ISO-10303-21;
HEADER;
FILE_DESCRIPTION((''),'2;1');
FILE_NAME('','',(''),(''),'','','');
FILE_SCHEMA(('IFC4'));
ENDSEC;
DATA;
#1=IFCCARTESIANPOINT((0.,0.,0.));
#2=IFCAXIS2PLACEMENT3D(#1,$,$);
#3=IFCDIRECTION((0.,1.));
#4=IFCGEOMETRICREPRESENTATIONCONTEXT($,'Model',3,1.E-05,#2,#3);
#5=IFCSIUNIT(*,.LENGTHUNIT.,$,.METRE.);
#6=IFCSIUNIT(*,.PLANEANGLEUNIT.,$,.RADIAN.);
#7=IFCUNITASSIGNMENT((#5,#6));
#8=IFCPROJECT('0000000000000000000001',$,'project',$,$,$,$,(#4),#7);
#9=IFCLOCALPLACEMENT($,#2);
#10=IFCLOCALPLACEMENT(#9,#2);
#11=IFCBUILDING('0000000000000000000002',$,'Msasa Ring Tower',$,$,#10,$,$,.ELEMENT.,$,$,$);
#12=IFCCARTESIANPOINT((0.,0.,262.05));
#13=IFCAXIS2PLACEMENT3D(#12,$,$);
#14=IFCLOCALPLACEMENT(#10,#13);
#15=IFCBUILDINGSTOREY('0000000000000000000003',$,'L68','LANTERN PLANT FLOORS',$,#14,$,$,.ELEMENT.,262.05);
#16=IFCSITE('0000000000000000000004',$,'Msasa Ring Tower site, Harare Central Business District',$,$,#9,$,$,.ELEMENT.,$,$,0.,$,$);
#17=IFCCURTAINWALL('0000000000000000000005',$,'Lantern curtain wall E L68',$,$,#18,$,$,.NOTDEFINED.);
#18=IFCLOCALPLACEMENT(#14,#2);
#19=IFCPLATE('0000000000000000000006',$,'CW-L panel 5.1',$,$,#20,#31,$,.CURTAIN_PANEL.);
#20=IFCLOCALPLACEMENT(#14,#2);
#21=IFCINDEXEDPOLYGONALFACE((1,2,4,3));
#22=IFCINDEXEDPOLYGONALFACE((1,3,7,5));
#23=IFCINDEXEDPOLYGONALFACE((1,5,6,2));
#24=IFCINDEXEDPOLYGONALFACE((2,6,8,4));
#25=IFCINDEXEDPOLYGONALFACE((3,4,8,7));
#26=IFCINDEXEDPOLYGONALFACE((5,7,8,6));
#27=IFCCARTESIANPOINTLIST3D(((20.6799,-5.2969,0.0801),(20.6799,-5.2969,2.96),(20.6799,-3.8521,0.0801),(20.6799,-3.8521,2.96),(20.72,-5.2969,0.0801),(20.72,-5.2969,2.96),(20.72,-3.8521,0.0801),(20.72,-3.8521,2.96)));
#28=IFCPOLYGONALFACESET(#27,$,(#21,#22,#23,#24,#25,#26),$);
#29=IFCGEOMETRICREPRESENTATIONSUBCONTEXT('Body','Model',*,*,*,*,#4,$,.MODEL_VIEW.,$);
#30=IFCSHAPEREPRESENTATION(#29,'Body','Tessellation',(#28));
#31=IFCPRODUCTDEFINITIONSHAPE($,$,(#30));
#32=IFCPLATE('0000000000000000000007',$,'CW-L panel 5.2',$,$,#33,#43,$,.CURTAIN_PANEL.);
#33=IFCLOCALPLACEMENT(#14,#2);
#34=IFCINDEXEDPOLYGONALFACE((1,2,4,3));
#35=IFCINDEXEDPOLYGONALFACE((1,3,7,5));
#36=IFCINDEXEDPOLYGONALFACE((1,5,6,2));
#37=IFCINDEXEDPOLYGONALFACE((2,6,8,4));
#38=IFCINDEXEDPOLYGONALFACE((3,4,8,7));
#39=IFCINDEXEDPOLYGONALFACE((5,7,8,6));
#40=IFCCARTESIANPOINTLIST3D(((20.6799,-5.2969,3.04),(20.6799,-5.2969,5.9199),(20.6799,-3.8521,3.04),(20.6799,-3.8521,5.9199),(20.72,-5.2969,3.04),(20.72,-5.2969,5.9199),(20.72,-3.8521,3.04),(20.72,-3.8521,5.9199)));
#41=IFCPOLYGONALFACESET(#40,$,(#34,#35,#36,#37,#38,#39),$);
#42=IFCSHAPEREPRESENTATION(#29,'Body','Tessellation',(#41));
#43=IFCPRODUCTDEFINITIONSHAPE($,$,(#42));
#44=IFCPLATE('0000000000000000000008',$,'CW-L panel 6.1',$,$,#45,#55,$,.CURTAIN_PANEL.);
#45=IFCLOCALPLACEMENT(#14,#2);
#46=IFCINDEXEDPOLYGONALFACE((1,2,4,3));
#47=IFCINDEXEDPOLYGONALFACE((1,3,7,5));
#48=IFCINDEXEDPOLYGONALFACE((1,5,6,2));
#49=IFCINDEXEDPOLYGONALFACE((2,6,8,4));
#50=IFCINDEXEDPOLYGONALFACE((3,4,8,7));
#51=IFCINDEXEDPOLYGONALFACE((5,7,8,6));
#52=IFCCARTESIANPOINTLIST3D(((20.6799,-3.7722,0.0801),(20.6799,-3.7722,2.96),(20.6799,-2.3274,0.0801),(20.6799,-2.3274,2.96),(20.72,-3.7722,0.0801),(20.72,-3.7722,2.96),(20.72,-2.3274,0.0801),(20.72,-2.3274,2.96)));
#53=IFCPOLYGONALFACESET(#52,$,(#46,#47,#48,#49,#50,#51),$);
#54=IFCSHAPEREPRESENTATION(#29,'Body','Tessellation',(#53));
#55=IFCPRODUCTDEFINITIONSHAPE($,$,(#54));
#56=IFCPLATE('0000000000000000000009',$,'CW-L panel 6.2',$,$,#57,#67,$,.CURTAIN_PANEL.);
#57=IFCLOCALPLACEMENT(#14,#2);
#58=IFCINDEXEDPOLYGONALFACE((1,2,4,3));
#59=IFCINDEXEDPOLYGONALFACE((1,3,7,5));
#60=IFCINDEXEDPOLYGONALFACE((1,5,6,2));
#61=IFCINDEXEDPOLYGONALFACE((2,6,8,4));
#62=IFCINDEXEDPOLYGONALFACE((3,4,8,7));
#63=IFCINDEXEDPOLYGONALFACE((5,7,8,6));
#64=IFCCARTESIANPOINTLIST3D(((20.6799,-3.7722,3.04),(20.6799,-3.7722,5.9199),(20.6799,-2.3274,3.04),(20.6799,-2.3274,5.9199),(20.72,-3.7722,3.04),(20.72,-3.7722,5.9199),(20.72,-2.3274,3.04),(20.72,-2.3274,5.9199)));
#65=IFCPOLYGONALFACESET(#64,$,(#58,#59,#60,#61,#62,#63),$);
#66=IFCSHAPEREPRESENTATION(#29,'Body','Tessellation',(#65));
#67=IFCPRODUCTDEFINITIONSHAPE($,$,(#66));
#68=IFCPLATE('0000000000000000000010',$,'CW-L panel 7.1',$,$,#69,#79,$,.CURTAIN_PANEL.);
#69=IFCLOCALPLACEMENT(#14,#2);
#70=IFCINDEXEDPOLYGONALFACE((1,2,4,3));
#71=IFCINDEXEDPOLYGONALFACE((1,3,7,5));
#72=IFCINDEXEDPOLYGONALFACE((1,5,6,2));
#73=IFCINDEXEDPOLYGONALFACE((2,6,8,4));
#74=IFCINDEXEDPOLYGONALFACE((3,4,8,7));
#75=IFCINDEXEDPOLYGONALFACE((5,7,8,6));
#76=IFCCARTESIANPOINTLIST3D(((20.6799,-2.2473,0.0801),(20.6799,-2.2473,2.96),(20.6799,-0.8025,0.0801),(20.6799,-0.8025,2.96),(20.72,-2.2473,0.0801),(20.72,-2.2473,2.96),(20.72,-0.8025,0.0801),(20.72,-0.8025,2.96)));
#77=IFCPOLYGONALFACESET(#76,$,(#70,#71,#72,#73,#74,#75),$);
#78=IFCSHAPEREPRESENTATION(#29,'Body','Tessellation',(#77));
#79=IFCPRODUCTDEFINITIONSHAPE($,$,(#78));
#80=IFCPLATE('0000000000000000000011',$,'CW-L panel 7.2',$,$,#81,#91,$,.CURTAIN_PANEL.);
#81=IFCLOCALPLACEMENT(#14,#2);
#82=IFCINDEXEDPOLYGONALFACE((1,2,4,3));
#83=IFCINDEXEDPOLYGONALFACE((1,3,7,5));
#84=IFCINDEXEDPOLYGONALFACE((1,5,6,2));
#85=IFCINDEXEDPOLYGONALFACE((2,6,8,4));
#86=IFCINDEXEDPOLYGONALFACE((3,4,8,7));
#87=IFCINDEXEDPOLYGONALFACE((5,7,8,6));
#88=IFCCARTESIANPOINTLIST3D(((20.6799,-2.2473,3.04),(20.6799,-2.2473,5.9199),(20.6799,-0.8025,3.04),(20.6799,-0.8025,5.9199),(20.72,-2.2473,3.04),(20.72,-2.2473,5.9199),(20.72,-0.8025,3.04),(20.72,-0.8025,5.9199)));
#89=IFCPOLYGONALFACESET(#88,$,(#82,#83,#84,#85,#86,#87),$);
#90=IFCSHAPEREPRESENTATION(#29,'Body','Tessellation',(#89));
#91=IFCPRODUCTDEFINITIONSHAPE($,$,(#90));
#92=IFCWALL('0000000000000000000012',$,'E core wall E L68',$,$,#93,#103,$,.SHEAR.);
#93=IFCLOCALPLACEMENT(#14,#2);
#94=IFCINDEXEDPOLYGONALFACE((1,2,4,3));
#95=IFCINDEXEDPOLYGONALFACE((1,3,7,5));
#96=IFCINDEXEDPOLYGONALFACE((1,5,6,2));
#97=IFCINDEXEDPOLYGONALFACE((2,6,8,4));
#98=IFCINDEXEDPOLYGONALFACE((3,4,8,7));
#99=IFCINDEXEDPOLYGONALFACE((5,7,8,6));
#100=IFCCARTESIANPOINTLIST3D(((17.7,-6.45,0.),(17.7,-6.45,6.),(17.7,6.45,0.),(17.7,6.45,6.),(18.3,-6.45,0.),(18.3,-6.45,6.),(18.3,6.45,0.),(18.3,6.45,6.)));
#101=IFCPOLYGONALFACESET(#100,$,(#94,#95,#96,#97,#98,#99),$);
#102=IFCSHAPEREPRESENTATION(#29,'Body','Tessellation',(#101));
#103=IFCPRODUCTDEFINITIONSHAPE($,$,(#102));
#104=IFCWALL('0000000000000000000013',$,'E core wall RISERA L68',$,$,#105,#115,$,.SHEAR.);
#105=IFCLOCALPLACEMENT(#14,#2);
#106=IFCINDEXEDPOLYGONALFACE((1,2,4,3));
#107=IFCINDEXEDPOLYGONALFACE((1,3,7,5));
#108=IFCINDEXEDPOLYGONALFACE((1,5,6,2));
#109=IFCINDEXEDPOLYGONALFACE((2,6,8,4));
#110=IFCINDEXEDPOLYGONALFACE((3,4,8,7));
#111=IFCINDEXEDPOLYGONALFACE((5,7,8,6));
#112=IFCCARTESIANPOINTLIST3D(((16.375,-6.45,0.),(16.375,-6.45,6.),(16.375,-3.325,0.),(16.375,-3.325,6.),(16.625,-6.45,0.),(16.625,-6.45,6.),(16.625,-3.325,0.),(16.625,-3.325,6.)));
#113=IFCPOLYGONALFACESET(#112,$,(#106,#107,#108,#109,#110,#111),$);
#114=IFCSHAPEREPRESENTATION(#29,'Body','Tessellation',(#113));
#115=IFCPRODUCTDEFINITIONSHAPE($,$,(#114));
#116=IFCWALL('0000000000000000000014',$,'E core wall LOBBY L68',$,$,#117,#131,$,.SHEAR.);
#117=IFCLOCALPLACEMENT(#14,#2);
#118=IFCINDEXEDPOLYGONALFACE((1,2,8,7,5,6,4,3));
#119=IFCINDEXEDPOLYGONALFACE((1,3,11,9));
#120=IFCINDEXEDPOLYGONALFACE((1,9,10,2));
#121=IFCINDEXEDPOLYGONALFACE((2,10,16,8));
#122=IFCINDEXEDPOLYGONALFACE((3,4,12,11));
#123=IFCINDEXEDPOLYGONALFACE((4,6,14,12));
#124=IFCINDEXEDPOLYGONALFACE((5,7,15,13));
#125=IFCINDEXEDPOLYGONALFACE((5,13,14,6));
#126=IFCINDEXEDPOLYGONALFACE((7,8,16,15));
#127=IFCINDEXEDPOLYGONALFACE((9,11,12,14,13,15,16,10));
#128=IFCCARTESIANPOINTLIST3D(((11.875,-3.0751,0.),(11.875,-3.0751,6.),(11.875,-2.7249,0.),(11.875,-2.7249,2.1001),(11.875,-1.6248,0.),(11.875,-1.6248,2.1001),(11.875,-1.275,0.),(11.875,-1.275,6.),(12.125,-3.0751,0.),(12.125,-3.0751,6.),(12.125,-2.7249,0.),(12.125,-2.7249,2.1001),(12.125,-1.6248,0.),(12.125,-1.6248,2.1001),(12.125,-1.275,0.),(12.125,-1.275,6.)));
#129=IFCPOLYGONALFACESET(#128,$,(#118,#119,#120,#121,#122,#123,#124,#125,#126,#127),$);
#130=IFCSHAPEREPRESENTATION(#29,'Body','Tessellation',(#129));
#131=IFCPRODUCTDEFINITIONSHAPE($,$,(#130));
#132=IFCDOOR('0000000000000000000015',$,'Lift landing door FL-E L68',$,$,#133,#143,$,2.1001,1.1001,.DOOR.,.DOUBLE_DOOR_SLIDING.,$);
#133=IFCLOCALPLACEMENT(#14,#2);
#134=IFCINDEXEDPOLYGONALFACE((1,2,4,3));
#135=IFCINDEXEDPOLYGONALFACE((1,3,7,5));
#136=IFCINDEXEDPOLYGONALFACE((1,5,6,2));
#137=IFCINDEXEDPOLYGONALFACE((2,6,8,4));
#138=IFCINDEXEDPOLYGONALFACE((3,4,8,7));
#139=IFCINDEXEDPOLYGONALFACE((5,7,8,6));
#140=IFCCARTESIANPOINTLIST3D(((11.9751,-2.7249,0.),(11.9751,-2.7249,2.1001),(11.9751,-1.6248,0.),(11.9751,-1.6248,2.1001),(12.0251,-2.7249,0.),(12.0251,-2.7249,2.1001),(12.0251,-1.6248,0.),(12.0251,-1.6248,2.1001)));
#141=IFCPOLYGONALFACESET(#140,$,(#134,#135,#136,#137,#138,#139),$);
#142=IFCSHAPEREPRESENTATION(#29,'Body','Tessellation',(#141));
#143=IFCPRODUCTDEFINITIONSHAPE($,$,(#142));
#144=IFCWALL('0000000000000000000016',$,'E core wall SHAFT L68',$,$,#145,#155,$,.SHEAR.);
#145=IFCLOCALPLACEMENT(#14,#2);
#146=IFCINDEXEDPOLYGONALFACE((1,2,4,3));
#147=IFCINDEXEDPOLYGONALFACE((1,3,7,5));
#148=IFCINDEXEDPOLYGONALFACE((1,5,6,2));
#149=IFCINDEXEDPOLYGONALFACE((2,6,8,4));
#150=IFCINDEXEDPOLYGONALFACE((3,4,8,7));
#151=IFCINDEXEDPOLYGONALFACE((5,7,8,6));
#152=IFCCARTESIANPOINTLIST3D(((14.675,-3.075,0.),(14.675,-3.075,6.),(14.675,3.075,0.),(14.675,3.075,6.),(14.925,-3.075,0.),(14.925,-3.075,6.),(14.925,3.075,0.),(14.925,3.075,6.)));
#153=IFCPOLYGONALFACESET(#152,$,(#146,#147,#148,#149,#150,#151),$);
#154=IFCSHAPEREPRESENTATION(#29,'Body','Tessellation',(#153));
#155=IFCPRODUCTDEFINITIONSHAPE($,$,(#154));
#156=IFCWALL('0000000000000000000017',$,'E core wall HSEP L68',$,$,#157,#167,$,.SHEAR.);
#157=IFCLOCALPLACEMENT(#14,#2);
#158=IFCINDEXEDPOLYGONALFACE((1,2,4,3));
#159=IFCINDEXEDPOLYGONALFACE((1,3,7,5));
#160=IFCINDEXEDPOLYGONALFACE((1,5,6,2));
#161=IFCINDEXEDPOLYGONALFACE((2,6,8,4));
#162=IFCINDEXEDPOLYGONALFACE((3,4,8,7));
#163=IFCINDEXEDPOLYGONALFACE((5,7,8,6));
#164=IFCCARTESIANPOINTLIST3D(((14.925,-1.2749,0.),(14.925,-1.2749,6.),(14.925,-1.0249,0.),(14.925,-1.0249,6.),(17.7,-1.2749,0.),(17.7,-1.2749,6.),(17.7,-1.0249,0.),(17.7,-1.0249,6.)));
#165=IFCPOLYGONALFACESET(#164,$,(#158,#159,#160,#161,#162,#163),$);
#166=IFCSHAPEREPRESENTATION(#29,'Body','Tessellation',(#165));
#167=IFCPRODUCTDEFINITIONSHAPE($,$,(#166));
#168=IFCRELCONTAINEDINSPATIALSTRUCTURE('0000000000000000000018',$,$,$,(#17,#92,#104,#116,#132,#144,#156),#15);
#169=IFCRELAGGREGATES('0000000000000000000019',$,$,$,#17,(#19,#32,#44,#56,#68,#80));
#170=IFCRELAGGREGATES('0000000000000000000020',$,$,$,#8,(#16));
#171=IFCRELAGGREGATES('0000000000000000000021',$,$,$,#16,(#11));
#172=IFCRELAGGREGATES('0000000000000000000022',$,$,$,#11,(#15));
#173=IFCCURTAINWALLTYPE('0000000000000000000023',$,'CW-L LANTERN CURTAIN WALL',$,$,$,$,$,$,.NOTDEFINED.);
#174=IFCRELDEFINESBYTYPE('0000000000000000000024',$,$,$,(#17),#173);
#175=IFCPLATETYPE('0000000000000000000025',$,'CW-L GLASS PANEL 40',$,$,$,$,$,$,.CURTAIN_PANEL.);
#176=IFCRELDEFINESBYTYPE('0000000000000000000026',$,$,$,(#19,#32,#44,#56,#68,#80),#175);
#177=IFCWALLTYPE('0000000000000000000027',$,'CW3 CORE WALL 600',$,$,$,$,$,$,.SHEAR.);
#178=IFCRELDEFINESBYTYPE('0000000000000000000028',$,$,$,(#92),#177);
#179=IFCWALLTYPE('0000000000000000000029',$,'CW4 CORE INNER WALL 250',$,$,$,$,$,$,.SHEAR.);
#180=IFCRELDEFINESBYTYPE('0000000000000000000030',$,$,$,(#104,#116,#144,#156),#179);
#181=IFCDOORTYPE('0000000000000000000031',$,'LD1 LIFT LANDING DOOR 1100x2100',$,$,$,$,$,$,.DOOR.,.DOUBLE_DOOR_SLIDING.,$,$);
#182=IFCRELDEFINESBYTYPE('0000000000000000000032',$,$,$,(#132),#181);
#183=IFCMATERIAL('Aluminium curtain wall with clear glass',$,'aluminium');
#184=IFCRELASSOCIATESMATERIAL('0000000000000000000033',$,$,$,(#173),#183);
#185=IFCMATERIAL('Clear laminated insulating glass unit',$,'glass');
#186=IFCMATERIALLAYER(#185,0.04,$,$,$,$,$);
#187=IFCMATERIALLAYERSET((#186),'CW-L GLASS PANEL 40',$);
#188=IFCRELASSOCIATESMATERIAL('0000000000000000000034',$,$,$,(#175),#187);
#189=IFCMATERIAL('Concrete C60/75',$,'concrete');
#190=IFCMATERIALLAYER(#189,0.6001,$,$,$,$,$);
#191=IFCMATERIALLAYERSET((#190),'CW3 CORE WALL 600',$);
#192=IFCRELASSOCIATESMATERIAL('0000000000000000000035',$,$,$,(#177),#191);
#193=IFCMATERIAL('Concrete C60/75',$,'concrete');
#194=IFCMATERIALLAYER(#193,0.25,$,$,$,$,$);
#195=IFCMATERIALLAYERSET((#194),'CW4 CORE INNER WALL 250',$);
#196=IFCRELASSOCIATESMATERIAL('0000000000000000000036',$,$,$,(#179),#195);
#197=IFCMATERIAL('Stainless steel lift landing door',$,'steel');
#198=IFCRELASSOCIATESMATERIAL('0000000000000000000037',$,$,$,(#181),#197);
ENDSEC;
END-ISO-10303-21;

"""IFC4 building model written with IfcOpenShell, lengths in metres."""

from ifc_helpers import new_model, si_unit, direction, frame, frame_2d, origin, origin_2d, place, context, subcontext, project, spatial, rectangle, extrude, material, layer, layer_set, type_object, element, fill, aggregate, save


model = new_model("IFC4")

# Units and contexts
model_context = context("Model", 3, precision=1e-05, world=origin(), true_north=direction((0.0, 1.0)))
body_context = subcontext(model_context, "Body", "Model", "MODEL_VIEW")
ifc_project = project(units=[si_unit("LENGTHUNIT", "METRE"), si_unit("PLANEANGLEUNIT", "RADIAN")], contexts=[model_context])

# Site, building, storey
site_placement = place(None, origin())
site = spatial("IfcSite", under=ifc_project, at=site_placement, Name="Msasa Ring Tower site, Harare Central Business District", CompositionType="ELEMENT", RefElevation=0.0)
building_placement = place(site_placement, origin())
building = spatial("IfcBuilding", under=site, at=building_placement, Name="Msasa Ring Tower", CompositionType="ELEMENT")
storey_placement = place(building_placement, frame((0.0, 0.0, 262.05)))
storey = spatial("IfcBuildingStorey", under=building, at=storey_placement, Name="L68", Description="LANTERN PLANT FLOORS", CompositionType="ELEMENT", Elevation=262.05)

# Curtain wall
ifc_material_1 = material(Name="Aluminium curtain wall with clear glass", Category="aluminium")
curtain_wall_type = type_object("IfcCurtainWallType", Name="CW-L LANTERN CURTAIN WALL", PredefinedType="NOTDEFINED", material=ifc_material_1)
curtain_wall_placement = place(storey_placement, origin())
curtain_wall = element("IfcCurtainWall", 1, at=curtain_wall_placement, inside=storey, type_object=curtain_wall_type, Name="Lantern curtain wall E L68", PredefinedType="NOTDEFINED")

# Plates
ifc_material_2 = material(Name="Clear laminated insulating glass unit", Category="glass")
ifc_layer_1 = layer(ifc_material_2, 0.04)
ifc_layer_set_1 = layer_set([ifc_layer_1], Name="CW-L GLASS PANEL 40")
plate_type = type_object("IfcPlateType", Name="CW-L GLASS PANEL 40", PredefinedType="CURTAIN_PANEL", material=ifc_layer_set_1)
plate_1_placement = place(storey_placement, frame((20.7, -4.5745, 0.0801), z_axis=(0.0, 0.0, 1.0), x_axis=(0.0, 1.0, 0.0)))
plate_1 = element("IfcPlate", 2, at=plate_1_placement, type_object=plate_type, Name="CW-L panel 5.1", PredefinedType="CURTAIN_PANEL", context=body_context, shape_type="SweptSolid", body=[
    extrude(rectangle(XDim=1.4448, YDim=0.04, at=origin_2d()), origin(), (0.0, 0.0, 1.0), 2.8799),
])
plate_2_placement = place(storey_placement, frame((20.7, -4.5745, 3.04), z_axis=(0.0, 0.0, 1.0), x_axis=(0.0, 1.0, 0.0)))
plate_2 = element("IfcPlate", 3, at=plate_2_placement, type_object=plate_type, Name="CW-L panel 5.2", PredefinedType="CURTAIN_PANEL", context=body_context, shape_type="SweptSolid", body=[
    extrude(rectangle(XDim=1.4448, YDim=0.04, at=origin_2d()), origin(), (0.0, 0.0, 1.0), 2.8799),
])
plate_3_placement = place(storey_placement, frame((20.7, -3.0498, 0.0801), z_axis=(0.0, 0.0, 1.0), x_axis=(0.0, 1.0, 0.0)))
plate_3 = element("IfcPlate", 4, at=plate_3_placement, type_object=plate_type, Name="CW-L panel 6.1", PredefinedType="CURTAIN_PANEL", context=body_context, shape_type="SweptSolid", body=[
    extrude(rectangle(XDim=1.4448, YDim=0.04, at=origin_2d()), origin(), (0.0, 0.0, 1.0), 2.8799),
])
plate_4_placement = place(storey_placement, frame((20.7, -3.0498, 3.04), z_axis=(0.0, 0.0, 1.0), x_axis=(0.0, 1.0, 0.0)))
plate_4 = element("IfcPlate", 5, at=plate_4_placement, type_object=plate_type, Name="CW-L panel 6.2", PredefinedType="CURTAIN_PANEL", context=body_context, shape_type="SweptSolid", body=[
    extrude(rectangle(XDim=1.4448, YDim=0.04, at=origin_2d()), origin(), (0.0, 0.0, 1.0), 2.8799),
])
plate_5_placement = place(storey_placement, frame((20.7, -1.5249, 0.0801), z_axis=(0.0, 0.0, 1.0), x_axis=(0.0, 1.0, 0.0)))
plate_5 = element("IfcPlate", 6, at=plate_5_placement, type_object=plate_type, Name="CW-L panel 7.1", PredefinedType="CURTAIN_PANEL", context=body_context, shape_type="SweptSolid", body=[
    extrude(rectangle(XDim=1.4448, YDim=0.04, at=origin_2d()), origin(), (0.0, 0.0, 1.0), 2.8799),
])
plate_6_placement = place(storey_placement, frame((20.7, -1.5249, 3.04), z_axis=(0.0, 0.0, 1.0), x_axis=(0.0, 1.0, 0.0)))
plate_6 = element("IfcPlate", 7, at=plate_6_placement, type_object=plate_type, Name="CW-L panel 7.2", PredefinedType="CURTAIN_PANEL", context=body_context, shape_type="SweptSolid", body=[
    extrude(rectangle(XDim=1.4448, YDim=0.04, at=origin_2d()), origin(), (0.0, 0.0, 1.0), 2.8799),
])
aggregate(curtain_wall, [plate_1, plate_2, plate_3, plate_4, plate_5, plate_6])

# Walls
ifc_material_3 = material(Name="Concrete C60/75", Category="concrete")
ifc_layer_2 = layer(ifc_material_3, 0.6001)
ifc_layer_set_2 = layer_set([ifc_layer_2], Name="CW3 CORE WALL 600")
wall_type_1 = type_object("IfcWallType", Name="CW3 CORE WALL 600", PredefinedType="SHEAR", material=ifc_layer_set_2)
wall_1_placement = place(storey_placement, frame((18.0, -6.45, 0.0), z_axis=(0.0, 0.0, 1.0), x_axis=(0.0, 1.0, 0.0)))
element("IfcWall", 8, at=wall_1_placement, inside=storey, type_object=wall_type_1, Name="E core wall E L68", PredefinedType="SHEAR", context=body_context, shape_type="SweptSolid", body=[
    extrude(rectangle(XDim=12.8999, YDim=0.6001, at=frame_2d((6.45, 0.0))), origin(), (0.0, 0.0, 1.0), 6.0),
])
ifc_material_4 = material(Name="Concrete C60/75", Category="concrete")
ifc_layer_3 = layer(ifc_material_4, 0.25)
ifc_layer_set_3 = layer_set([ifc_layer_3], Name="CW4 CORE INNER WALL 250")
wall_type_2 = type_object("IfcWallType", Name="CW4 CORE INNER WALL 250", PredefinedType="SHEAR", material=ifc_layer_set_3)
wall_2_placement = place(storey_placement, frame((16.5, -6.45, 0.0), z_axis=(0.0, 0.0, 1.0), x_axis=(0.0, 1.0, 0.0)))
element("IfcWall", 9, at=wall_2_placement, inside=storey, type_object=wall_type_2, Name="E core wall RISERA L68", PredefinedType="SHEAR", context=body_context, shape_type="SweptSolid", body=[
    extrude(rectangle(XDim=3.125, YDim=0.25, at=frame_2d((1.5625, 0.0))), origin(), (0.0, 0.0, 1.0), 6.0),
])

# Wall, opening, door
wall_3_placement = place(storey_placement, frame((12.0, -3.075, 0.0), z_axis=(0.0, 0.0, 1.0), x_axis=(0.0, 1.0, 0.0)))
wall_3 = element("IfcWall", 10, at=wall_3_placement, inside=storey, type_object=wall_type_2, Name="E core wall LOBBY L68", PredefinedType="SHEAR", context=body_context, shape_type="SweptSolid", body=[
    extrude(rectangle(XDim=1.8, YDim=0.25, at=frame_2d((0.8999, 0.0))), origin(), (0.0, 0.0, 1.0), 6.0),
])
opening_placement = place(wall_3_placement, frame((0.3501, 0.0, 0.0)))
opening = element("IfcOpeningElement", 11, at=opening_placement, cuts=wall_3, PredefinedType="OPENING", context=body_context, shape_type="SweptSolid", body=[
    extrude(rectangle(XDim=1.1001, YDim=2.1001, at=frame_2d((0.55, 1.05))), frame((0.0, 0.135, 0.0), z_axis=(0.0, -1.0, 0.0), x_axis=(1.0, 0.0, 0.0)), (0.0, 0.0, 1.0), 0.27),
])
ifc_material_5 = material(Name="Stainless steel lift landing door", Category="steel")
door_type = type_object("IfcDoorType", Name="LD1 LIFT LANDING DOOR 1100x2100", OperationType="DOUBLE_DOOR_SLIDING", PredefinedType="DOOR", material=ifc_material_5)
door_placement = place(opening_placement, origin())
door = element("IfcDoor", 12, at=door_placement, inside=storey, type_object=door_type, Name="Lift landing door FL-E L68", OperationType="DOUBLE_DOOR_SLIDING", OverallHeight=2.1001, OverallWidth=1.1001, PredefinedType="DOOR", context=body_context, shape_type="SweptSolid", body=[
    extrude(rectangle(XDim=1.1001, YDim=2.1001, at=frame_2d((0.55, 1.05))), frame((0.0, 0.0249, 0.0), z_axis=(0.0, -1.0, 0.0), x_axis=(1.0, 0.0, 0.0)), (0.0, 0.0, 1.0), 0.05),
])
fill(opening, door)

# Walls
wall_4_placement = place(storey_placement, frame((14.8, -3.075, 0.0), z_axis=(0.0, 0.0, 1.0), x_axis=(0.0, 1.0, 0.0)))
element("IfcWall", 13, at=wall_4_placement, inside=storey, type_object=wall_type_2, Name="E core wall SHAFT L68", PredefinedType="SHEAR", context=body_context, shape_type="SweptSolid", body=[
    extrude(rectangle(XDim=6.1499, YDim=0.25, at=frame_2d((3.075, 0.0))), origin(), (0.0, 0.0, 1.0), 6.0),
])
wall_5_placement = place(storey_placement, frame((14.925, -1.1499, 0.0), z_axis=(0.0, 0.0, 1.0), x_axis=(1.0, 0.0, 0.0)))
element("IfcWall", 14, at=wall_5_placement, inside=storey, type_object=wall_type_2, Name="E core wall HSEP L68", PredefinedType="SHEAR", context=body_context, shape_type="SweptSolid", body=[
    extrude(rectangle(XDim=2.7749, YDim=0.25, at=frame_2d((1.3875, 0.0))), origin(), (0.0, 0.0, 1.0), 6.0),
])

save(model, "model.ifc")
